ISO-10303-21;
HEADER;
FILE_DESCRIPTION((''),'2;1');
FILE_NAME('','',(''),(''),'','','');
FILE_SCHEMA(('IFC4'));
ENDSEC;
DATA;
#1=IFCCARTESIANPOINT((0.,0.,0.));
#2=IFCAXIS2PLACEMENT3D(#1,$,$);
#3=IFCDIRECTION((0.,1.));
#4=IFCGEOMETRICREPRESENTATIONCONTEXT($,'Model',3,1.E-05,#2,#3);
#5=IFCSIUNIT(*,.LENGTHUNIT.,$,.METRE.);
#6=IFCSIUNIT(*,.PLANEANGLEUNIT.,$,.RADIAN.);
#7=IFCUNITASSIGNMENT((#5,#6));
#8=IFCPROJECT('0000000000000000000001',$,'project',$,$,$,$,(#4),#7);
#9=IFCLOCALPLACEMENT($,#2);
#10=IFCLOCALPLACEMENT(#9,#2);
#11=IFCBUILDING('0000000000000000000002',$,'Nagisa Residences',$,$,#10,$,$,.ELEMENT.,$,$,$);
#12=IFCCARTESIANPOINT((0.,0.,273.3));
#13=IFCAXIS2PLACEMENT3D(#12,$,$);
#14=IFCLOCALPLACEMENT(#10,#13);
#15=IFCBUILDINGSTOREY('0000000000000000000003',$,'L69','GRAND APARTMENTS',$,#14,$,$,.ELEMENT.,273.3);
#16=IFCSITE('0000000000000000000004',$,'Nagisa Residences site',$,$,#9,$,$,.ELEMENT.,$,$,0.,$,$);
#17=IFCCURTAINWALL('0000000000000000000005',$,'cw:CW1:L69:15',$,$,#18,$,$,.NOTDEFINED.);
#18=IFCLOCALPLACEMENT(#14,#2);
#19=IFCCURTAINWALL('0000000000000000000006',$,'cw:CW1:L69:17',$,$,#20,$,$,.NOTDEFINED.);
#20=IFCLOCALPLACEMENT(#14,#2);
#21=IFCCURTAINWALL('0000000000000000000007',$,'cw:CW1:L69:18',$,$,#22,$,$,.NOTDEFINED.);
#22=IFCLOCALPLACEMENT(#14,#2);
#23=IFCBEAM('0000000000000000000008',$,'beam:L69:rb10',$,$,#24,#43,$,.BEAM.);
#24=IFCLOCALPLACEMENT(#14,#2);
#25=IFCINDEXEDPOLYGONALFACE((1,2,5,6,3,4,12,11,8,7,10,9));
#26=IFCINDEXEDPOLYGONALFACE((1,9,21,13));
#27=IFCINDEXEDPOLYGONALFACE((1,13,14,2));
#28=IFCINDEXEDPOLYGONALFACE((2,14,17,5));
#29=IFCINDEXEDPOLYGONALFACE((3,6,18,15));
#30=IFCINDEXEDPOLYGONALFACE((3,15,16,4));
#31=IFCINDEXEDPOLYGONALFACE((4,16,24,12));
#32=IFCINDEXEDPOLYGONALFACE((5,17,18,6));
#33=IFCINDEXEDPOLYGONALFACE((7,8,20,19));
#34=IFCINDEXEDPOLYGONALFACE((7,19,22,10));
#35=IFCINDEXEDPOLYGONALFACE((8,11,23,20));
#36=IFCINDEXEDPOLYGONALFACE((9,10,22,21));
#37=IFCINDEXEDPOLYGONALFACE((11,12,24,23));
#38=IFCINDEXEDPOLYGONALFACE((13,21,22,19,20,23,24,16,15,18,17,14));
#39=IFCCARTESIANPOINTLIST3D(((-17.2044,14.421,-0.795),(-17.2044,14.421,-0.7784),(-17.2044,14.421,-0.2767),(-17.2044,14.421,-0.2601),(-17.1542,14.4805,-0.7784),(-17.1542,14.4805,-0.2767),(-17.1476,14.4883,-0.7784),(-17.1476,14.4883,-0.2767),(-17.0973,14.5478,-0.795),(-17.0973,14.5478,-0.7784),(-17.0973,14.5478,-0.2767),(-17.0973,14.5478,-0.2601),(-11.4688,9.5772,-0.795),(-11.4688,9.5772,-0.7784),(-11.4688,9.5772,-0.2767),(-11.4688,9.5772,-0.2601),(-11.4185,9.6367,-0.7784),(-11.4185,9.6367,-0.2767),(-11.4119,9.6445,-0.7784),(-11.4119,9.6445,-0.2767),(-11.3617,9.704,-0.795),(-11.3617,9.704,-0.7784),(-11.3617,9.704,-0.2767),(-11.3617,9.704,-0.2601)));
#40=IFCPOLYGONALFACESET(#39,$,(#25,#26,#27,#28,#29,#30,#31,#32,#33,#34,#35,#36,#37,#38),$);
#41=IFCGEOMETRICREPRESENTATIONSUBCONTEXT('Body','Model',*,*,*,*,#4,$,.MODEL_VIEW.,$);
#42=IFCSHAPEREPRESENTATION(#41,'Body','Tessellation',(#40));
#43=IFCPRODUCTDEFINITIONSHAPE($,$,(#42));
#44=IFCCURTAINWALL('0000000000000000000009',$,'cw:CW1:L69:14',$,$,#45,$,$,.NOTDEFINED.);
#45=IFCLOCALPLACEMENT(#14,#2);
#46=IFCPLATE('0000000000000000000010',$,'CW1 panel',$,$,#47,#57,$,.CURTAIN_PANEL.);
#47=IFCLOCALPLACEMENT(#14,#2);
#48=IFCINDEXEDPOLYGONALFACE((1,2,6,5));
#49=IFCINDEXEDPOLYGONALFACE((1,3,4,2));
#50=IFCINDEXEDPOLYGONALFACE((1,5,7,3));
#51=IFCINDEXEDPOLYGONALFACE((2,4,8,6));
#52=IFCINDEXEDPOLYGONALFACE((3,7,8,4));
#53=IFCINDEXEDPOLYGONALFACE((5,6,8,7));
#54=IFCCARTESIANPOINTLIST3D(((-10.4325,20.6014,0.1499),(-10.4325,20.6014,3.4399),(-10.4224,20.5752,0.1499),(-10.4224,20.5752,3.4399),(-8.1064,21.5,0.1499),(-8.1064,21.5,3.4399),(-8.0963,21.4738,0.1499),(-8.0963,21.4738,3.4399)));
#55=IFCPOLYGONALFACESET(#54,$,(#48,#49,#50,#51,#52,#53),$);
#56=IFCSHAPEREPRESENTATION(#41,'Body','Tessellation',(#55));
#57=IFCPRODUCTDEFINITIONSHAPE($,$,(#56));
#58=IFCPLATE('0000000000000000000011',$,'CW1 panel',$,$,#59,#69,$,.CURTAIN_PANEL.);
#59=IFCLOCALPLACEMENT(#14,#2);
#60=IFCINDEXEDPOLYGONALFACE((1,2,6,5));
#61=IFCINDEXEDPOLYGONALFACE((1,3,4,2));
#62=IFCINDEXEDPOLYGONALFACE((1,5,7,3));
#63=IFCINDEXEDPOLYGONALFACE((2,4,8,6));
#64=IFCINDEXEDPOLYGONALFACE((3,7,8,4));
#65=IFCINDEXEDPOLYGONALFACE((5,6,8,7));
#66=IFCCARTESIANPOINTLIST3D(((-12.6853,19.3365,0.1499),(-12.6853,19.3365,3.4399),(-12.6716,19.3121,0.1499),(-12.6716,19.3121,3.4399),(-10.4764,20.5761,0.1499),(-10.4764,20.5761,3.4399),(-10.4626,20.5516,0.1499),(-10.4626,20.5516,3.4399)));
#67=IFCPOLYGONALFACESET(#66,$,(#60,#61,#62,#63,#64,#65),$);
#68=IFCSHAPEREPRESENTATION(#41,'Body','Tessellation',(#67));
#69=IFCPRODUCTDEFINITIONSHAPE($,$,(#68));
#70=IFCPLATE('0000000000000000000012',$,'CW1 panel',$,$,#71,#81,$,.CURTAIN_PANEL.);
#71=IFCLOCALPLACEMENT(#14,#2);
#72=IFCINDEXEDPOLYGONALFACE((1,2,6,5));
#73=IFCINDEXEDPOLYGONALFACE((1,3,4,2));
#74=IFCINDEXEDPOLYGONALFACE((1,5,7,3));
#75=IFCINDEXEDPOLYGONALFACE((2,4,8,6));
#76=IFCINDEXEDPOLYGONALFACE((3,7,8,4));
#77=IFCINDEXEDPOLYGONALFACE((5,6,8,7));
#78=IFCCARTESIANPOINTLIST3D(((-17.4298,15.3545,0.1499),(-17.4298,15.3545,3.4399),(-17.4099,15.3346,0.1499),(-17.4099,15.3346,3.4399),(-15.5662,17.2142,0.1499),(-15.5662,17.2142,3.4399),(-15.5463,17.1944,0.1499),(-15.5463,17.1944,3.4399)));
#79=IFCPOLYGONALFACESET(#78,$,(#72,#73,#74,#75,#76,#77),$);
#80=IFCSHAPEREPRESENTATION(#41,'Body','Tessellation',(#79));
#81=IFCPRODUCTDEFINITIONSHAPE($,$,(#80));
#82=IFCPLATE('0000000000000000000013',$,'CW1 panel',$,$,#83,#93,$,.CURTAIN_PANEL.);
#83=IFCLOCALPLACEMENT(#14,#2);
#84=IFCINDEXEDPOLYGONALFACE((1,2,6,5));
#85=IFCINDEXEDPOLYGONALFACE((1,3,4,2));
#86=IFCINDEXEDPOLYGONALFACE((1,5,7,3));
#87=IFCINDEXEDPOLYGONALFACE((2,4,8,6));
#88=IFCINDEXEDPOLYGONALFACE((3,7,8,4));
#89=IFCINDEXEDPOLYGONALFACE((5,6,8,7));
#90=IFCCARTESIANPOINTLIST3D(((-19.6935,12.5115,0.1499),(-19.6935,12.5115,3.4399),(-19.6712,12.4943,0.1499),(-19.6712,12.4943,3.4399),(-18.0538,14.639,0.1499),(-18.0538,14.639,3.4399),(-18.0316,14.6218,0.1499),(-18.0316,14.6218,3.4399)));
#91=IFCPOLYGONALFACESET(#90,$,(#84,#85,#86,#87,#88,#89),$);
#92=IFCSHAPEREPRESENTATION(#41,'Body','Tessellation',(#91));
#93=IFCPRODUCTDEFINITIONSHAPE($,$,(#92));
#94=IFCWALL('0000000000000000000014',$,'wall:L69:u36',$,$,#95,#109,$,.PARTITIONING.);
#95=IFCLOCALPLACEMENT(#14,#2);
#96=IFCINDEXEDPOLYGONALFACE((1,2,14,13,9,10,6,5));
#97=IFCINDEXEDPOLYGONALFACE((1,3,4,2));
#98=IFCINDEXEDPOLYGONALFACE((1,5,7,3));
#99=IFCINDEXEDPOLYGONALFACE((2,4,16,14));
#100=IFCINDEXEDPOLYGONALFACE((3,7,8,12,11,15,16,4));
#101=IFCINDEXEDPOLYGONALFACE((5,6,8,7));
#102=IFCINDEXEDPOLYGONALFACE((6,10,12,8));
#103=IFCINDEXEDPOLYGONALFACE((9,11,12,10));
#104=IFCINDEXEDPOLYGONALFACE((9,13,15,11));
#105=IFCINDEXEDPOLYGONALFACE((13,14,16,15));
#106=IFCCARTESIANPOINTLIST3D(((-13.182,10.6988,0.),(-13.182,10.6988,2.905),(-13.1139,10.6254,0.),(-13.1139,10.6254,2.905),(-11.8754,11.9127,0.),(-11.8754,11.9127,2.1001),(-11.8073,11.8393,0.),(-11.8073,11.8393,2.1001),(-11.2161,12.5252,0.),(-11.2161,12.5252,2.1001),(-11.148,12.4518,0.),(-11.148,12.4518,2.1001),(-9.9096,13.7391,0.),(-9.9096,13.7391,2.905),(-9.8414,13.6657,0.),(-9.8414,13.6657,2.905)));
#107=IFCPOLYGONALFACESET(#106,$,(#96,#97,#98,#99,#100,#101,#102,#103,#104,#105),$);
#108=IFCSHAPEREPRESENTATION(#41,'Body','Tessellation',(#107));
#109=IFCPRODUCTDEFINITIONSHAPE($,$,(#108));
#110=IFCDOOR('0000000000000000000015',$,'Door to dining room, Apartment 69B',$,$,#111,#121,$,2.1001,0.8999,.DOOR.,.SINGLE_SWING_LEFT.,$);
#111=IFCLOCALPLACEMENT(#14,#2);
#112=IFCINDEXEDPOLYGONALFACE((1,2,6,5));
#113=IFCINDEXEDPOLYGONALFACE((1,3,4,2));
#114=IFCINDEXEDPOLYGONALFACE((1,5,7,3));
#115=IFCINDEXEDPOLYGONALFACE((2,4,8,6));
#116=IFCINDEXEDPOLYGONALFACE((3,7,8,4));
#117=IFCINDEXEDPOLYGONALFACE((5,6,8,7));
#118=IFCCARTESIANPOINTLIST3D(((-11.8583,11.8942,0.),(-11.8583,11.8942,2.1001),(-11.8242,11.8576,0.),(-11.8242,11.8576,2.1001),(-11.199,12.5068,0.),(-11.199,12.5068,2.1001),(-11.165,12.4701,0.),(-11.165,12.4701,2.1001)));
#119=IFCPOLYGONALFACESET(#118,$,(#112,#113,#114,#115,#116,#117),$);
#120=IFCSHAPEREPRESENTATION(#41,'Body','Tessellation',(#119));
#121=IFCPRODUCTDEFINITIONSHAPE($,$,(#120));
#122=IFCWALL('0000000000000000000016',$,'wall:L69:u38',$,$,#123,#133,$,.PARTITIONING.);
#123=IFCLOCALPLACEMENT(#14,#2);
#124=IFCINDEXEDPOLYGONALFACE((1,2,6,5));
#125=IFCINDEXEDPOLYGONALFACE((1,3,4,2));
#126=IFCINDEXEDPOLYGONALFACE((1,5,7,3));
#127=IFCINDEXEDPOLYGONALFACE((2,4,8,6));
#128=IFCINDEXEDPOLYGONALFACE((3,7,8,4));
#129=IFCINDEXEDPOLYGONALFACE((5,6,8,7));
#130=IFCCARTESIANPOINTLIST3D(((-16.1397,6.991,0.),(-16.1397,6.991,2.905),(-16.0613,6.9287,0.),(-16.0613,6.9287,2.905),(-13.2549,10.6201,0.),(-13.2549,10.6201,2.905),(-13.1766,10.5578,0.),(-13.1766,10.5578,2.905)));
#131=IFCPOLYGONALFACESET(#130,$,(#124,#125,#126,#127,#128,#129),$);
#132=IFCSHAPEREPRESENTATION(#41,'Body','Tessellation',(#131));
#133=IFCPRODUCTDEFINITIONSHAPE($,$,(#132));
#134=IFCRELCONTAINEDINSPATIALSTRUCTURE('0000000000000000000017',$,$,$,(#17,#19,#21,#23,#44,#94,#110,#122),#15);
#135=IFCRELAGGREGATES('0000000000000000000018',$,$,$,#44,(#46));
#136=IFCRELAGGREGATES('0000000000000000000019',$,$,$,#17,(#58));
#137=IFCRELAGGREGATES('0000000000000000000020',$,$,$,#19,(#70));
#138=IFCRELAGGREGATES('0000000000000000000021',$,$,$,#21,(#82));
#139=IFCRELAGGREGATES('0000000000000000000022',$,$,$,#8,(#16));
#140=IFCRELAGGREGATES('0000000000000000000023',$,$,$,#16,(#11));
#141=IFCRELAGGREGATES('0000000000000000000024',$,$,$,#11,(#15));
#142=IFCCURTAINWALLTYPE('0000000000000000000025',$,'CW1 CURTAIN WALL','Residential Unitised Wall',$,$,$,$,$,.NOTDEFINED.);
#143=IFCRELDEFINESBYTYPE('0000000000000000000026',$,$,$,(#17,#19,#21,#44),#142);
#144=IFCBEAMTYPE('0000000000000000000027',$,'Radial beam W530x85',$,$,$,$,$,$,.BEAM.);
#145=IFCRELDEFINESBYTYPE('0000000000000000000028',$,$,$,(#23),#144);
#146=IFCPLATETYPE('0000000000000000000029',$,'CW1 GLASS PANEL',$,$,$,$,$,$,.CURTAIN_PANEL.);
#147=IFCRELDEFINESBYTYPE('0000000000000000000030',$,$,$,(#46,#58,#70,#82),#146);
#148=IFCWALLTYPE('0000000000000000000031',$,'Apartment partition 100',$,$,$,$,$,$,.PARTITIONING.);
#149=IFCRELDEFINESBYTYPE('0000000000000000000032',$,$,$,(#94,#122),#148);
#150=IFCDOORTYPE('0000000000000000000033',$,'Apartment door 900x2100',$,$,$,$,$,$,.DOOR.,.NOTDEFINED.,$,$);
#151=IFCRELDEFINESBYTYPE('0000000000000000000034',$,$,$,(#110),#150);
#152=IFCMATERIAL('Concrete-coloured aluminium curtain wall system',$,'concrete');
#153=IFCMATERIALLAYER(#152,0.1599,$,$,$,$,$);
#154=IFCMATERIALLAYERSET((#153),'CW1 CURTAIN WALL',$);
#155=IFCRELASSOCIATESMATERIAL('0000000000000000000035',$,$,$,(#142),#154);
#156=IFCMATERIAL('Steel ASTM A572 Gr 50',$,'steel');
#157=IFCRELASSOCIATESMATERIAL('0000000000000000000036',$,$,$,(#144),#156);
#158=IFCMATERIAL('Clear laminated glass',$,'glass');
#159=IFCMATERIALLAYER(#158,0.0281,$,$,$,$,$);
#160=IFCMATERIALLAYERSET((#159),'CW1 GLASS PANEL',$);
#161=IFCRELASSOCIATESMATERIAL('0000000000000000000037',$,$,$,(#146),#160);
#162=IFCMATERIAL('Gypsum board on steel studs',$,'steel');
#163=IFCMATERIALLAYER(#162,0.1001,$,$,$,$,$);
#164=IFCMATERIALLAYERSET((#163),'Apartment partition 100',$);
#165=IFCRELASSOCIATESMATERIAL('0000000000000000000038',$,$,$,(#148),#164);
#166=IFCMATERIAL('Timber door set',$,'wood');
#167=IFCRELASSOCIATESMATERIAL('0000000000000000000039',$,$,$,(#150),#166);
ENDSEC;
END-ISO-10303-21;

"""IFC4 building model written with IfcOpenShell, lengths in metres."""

from ifc_helpers import new_model, si_unit, direction, frame, frame_2d, origin, origin_2d, place, context, subcontext, project, spatial, rectangle, i_section, extrude, material, layer, layer_set, material_profile, profile_set, type_object, element, fill, aggregate, save


model = new_model("IFC4")

# Units and contexts
model_context = context("Model", 3, precision=1e-05, world=origin(), true_north=direction((0.0, 1.0)))
body_context = subcontext(model_context, "Body", "Model", "MODEL_VIEW")
ifc_project = project(units=[si_unit("LENGTHUNIT", "METRE"), si_unit("PLANEANGLEUNIT", "RADIAN")], contexts=[model_context])

# Site, building, storey
site_placement = place(None, origin())
site = spatial("IfcSite", under=ifc_project, at=site_placement, Name="Nagisa Residences site", CompositionType="ELEMENT", RefElevation=0.0)
building_placement = place(site_placement, origin())
building = spatial("IfcBuilding", under=site, at=building_placement, Name="Nagisa Residences", CompositionType="ELEMENT")
storey_placement = place(building_placement, frame((0.0, 0.0, 273.3)))
storey = spatial("IfcBuildingStorey", under=building, at=storey_placement, Name="L69", Description="GRAND APARTMENTS", CompositionType="ELEMENT", Elevation=273.3)

# Curtain walls
ifc_material_1 = material(Name="Concrete-coloured aluminium curtain wall system", Category="concrete")
ifc_layer_1 = layer(ifc_material_1, 0.1599)
ifc_layer_set_1 = layer_set([ifc_layer_1], Name="CW1 CURTAIN WALL")
curtain_wall_type = type_object("IfcCurtainWallType", Name="CW1 CURTAIN WALL", Description="Residential Unitised Wall", PredefinedType="NOTDEFINED", material=ifc_layer_set_1)
curtain_wall_1_placement = place(storey_placement, origin())
curtain_wall_1 = element("IfcCurtainWall", 1, at=curtain_wall_1_placement, inside=storey, type_object=curtain_wall_type, Name="cw:CW1:L69:15", PredefinedType="NOTDEFINED")
curtain_wall_2_placement = place(storey_placement, origin())
curtain_wall_2 = element("IfcCurtainWall", 2, at=curtain_wall_2_placement, inside=storey, type_object=curtain_wall_type, Name="cw:CW1:L69:17", PredefinedType="NOTDEFINED")
curtain_wall_3_placement = place(storey_placement, origin())
curtain_wall_3 = element("IfcCurtainWall", 3, at=curtain_wall_3_placement, inside=storey, type_object=curtain_wall_type, Name="cw:CW1:L69:18", PredefinedType="NOTDEFINED")

# Beam
ifc_material_2 = material(Name="Steel ASTM A572 Gr 50", Category="steel")
ifc_material_profile_1 = material_profile(ifc_material_2, i_section(OverallWidth=0.166, OverallDepth=0.5349, WebThickness=0.0103, FlangeThickness=0.0166, at=origin_2d()), Name="W530x85")
ifc_profile_set_1 = profile_set([ifc_material_profile_1], Name="Steel ASTM A572 Gr 50")
beam_type_1 = type_object("IfcBeamType", Name="Radial beam W530x85", PredefinedType="BEAM", material=ifc_profile_set_1)
beam_1_placement = place(storey_placement, frame((-17.1509, 14.4844, -0.5276), z_axis=(0.764006, -0.645209, 0.0), x_axis=(0.645209, 0.764006, 0.0)))
element("IfcBeam", 4, at=beam_1_placement, inside=storey, type_object=beam_type_1, Name="beam:L69:rb10", PredefinedType="BEAM", context=body_context, shape_type="SweptSolid", body=[
    extrude(i_section(OverallWidth=0.166, OverallDepth=0.5349, WebThickness=0.0103, FlangeThickness=0.0166, at=origin_2d()), origin(), (0.0, 0.0, 1.0), 7.5073),
])

# Curtain wall, plate
curtain_wall_4_placement = place(storey_placement, origin())
curtain_wall_4 = element("IfcCurtainWall", 5, at=curtain_wall_4_placement, inside=storey, type_object=curtain_wall_type, Name="cw:CW1:L69:14", PredefinedType="NOTDEFINED")
ifc_material_3 = material(Name="Clear laminated glass", Category="glass")
ifc_layer_2 = layer(ifc_material_3, 0.0281)
ifc_layer_set_2 = layer_set([ifc_layer_2], Name="CW1 GLASS PANEL")
plate_type = type_object("IfcPlateType", Name="CW1 GLASS PANEL", PredefinedType="CURTAIN_PANEL", material=ifc_layer_set_2)
plate_1_placement = place(storey_placement, frame((-9.2644, 21.0376, 0.1499), z_axis=(0.0, 0.0, 1.0), x_axis=(-0.932826, -0.360328, 0.0)))
plate_1 = element("IfcPlate", 6, at=plate_1_placement, type_object=plate_type, Name="CW1 panel", PredefinedType="CURTAIN_PANEL", context=body_context, shape_type="SweptSolid", body=[
    extrude(rectangle(XDim=2.4937, YDim=0.0281, at=origin_2d()), origin(), (0.0, 0.0, 1.0), 3.29),
])
aggregate(curtain_wall_4, [plate_1])

# Plates
plate_2_placement = place(storey_placement, frame((-11.574, 19.9441, 0.1499), z_axis=(0.0, 0.0, 1.0), x_axis=(-0.872072, -0.489377, 0.0)))
plate_2 = element("IfcPlate", 7, at=plate_2_placement, type_object=plate_type, Name="CW1 panel", PredefinedType="CURTAIN_PANEL", context=body_context, shape_type="SweptSolid", body=[
    extrude(rectangle(XDim=2.533, YDim=0.0281, at=origin_2d()), origin(), (0.0, 0.0, 1.0), 3.29),
])
aggregate(curtain_wall_1, [plate_2])
plate_3_placement = place(storey_placement, frame((-16.488, 16.2744, 0.1499), z_axis=(0.0, 0.0, 1.0), x_axis=(-0.707836, -0.706377, 0.0)))
plate_3 = element("IfcPlate", 8, at=plate_3_placement, type_object=plate_type, Name="CW1 panel", PredefinedType="CURTAIN_PANEL", context=body_context, shape_type="SweptSolid", body=[
    extrude(rectangle(XDim=2.6328, YDim=0.0281, at=origin_2d()), origin(), (0.0, 0.0, 1.0), 3.29),
])
aggregate(curtain_wall_2, [plate_3])
plate_4_placement = place(storey_placement, frame((-18.8625, 13.5667, 0.1499), z_axis=(0.0, 0.0, 1.0), x_axis=(-0.61043, -0.79207, 0.0)))
plate_4 = element("IfcPlate", 9, at=plate_4_placement, type_object=plate_type, Name="CW1 panel", PredefinedType="CURTAIN_PANEL", context=body_context, shape_type="SweptSolid", body=[
    extrude(rectangle(XDim=2.686, YDim=0.0281, at=origin_2d()), origin(), (0.0, 0.0, 1.0), 3.29),
])
aggregate(curtain_wall_3, [plate_4])

# Wall, opening, door
ifc_material_4 = material(Name="Gypsum board on steel studs", Category="steel")
ifc_layer_3 = layer(ifc_material_4, 0.1001)
ifc_layer_set_3 = layer_set([ifc_layer_3], Name="Apartment partition 100")
wall_type_1 = type_object("IfcWallType", Name="Apartment partition 100", PredefinedType="PARTITIONING", material=ifc_layer_set_3)
wall_1_placement = place(storey_placement, frame((-9.8755, 13.7024, 0.0), z_axis=(0.0, 0.0, 1.0), x_axis=(-0.732618, -0.68064, 0.0)))
wall_1 = element("IfcWall", 10, at=wall_1_placement, inside=storey, type_object=wall_type_1, Name="wall:L69:u36", PredefinedType="PARTITIONING", context=body_context, shape_type="SweptSolid", body=[
    extrude(rectangle(XDim=4.4668, YDim=0.1001, at=frame_2d((2.2334, 0.0))), origin(), (0.0, 0.0, 1.0), 2.905),
])
opening_1_placement = place(wall_1_placement, frame((1.7834, 0.0, 0.0)))
opening_1 = element("IfcOpeningElement", 11, at=opening_1_placement, cuts=wall_1, PredefinedType="OPENING", context=body_context, shape_type="SweptSolid", body=[
    extrude(rectangle(XDim=0.8999, YDim=2.1001, at=frame_2d((0.45, 1.05))), frame((0.0, 0.0601, 0.0), z_axis=(0.0, -1.0, 0.0), x_axis=(1.0, 0.0, 0.0)), (0.0, 0.0, 1.0), 0.1201),
])
ifc_material_5 = material(Name="Timber door set", Category="wood")
door_type_1 = type_object("IfcDoorType", Name="Apartment door 900x2100", OperationType="NOTDEFINED", PredefinedType="DOOR", material=ifc_material_5)
door_1_placement = place(opening_1_placement, frame((0.8999, 0.0, 0.0), x_axis=(-1.0, 0.0, 0.0)))
door_1 = element("IfcDoor", 12, at=door_1_placement, inside=storey, type_object=door_type_1, Name="Door to dining room, Apartment 69B", OperationType="SINGLE_SWING_LEFT", OverallHeight=2.1001, OverallWidth=0.8999, PredefinedType="DOOR", context=body_context, shape_type="SweptSolid", body=[
    extrude(rectangle(XDim=0.8999, YDim=2.1001, at=frame_2d((0.45, 1.05))), frame((0.0, 0.0249, 0.0), z_axis=(0.0, -1.0, 0.0), x_axis=(1.0, 0.0, 0.0)), (0.0, 0.0, 1.0), 0.05),
])
fill(opening_1, door_1)

# Wall
wall_2_placement = place(storey_placement, frame((-13.2158, 10.5889, 0.0), z_axis=(0.0, 0.0, 1.0), x_axis=(-0.622252, -0.782817, 0.0)))
element("IfcWall", 13, at=wall_2_placement, inside=storey, type_object=wall_type_1, Name="wall:L69:u38", PredefinedType="PARTITIONING", context=body_context, shape_type="SweptSolid", body=[
    extrude(rectangle(XDim=4.636, YDim=0.1001, at=frame_2d((2.3179, 0.0))), origin(), (0.0, 0.0, 1.0), 2.905),
])

save(model, "model.ifc")
